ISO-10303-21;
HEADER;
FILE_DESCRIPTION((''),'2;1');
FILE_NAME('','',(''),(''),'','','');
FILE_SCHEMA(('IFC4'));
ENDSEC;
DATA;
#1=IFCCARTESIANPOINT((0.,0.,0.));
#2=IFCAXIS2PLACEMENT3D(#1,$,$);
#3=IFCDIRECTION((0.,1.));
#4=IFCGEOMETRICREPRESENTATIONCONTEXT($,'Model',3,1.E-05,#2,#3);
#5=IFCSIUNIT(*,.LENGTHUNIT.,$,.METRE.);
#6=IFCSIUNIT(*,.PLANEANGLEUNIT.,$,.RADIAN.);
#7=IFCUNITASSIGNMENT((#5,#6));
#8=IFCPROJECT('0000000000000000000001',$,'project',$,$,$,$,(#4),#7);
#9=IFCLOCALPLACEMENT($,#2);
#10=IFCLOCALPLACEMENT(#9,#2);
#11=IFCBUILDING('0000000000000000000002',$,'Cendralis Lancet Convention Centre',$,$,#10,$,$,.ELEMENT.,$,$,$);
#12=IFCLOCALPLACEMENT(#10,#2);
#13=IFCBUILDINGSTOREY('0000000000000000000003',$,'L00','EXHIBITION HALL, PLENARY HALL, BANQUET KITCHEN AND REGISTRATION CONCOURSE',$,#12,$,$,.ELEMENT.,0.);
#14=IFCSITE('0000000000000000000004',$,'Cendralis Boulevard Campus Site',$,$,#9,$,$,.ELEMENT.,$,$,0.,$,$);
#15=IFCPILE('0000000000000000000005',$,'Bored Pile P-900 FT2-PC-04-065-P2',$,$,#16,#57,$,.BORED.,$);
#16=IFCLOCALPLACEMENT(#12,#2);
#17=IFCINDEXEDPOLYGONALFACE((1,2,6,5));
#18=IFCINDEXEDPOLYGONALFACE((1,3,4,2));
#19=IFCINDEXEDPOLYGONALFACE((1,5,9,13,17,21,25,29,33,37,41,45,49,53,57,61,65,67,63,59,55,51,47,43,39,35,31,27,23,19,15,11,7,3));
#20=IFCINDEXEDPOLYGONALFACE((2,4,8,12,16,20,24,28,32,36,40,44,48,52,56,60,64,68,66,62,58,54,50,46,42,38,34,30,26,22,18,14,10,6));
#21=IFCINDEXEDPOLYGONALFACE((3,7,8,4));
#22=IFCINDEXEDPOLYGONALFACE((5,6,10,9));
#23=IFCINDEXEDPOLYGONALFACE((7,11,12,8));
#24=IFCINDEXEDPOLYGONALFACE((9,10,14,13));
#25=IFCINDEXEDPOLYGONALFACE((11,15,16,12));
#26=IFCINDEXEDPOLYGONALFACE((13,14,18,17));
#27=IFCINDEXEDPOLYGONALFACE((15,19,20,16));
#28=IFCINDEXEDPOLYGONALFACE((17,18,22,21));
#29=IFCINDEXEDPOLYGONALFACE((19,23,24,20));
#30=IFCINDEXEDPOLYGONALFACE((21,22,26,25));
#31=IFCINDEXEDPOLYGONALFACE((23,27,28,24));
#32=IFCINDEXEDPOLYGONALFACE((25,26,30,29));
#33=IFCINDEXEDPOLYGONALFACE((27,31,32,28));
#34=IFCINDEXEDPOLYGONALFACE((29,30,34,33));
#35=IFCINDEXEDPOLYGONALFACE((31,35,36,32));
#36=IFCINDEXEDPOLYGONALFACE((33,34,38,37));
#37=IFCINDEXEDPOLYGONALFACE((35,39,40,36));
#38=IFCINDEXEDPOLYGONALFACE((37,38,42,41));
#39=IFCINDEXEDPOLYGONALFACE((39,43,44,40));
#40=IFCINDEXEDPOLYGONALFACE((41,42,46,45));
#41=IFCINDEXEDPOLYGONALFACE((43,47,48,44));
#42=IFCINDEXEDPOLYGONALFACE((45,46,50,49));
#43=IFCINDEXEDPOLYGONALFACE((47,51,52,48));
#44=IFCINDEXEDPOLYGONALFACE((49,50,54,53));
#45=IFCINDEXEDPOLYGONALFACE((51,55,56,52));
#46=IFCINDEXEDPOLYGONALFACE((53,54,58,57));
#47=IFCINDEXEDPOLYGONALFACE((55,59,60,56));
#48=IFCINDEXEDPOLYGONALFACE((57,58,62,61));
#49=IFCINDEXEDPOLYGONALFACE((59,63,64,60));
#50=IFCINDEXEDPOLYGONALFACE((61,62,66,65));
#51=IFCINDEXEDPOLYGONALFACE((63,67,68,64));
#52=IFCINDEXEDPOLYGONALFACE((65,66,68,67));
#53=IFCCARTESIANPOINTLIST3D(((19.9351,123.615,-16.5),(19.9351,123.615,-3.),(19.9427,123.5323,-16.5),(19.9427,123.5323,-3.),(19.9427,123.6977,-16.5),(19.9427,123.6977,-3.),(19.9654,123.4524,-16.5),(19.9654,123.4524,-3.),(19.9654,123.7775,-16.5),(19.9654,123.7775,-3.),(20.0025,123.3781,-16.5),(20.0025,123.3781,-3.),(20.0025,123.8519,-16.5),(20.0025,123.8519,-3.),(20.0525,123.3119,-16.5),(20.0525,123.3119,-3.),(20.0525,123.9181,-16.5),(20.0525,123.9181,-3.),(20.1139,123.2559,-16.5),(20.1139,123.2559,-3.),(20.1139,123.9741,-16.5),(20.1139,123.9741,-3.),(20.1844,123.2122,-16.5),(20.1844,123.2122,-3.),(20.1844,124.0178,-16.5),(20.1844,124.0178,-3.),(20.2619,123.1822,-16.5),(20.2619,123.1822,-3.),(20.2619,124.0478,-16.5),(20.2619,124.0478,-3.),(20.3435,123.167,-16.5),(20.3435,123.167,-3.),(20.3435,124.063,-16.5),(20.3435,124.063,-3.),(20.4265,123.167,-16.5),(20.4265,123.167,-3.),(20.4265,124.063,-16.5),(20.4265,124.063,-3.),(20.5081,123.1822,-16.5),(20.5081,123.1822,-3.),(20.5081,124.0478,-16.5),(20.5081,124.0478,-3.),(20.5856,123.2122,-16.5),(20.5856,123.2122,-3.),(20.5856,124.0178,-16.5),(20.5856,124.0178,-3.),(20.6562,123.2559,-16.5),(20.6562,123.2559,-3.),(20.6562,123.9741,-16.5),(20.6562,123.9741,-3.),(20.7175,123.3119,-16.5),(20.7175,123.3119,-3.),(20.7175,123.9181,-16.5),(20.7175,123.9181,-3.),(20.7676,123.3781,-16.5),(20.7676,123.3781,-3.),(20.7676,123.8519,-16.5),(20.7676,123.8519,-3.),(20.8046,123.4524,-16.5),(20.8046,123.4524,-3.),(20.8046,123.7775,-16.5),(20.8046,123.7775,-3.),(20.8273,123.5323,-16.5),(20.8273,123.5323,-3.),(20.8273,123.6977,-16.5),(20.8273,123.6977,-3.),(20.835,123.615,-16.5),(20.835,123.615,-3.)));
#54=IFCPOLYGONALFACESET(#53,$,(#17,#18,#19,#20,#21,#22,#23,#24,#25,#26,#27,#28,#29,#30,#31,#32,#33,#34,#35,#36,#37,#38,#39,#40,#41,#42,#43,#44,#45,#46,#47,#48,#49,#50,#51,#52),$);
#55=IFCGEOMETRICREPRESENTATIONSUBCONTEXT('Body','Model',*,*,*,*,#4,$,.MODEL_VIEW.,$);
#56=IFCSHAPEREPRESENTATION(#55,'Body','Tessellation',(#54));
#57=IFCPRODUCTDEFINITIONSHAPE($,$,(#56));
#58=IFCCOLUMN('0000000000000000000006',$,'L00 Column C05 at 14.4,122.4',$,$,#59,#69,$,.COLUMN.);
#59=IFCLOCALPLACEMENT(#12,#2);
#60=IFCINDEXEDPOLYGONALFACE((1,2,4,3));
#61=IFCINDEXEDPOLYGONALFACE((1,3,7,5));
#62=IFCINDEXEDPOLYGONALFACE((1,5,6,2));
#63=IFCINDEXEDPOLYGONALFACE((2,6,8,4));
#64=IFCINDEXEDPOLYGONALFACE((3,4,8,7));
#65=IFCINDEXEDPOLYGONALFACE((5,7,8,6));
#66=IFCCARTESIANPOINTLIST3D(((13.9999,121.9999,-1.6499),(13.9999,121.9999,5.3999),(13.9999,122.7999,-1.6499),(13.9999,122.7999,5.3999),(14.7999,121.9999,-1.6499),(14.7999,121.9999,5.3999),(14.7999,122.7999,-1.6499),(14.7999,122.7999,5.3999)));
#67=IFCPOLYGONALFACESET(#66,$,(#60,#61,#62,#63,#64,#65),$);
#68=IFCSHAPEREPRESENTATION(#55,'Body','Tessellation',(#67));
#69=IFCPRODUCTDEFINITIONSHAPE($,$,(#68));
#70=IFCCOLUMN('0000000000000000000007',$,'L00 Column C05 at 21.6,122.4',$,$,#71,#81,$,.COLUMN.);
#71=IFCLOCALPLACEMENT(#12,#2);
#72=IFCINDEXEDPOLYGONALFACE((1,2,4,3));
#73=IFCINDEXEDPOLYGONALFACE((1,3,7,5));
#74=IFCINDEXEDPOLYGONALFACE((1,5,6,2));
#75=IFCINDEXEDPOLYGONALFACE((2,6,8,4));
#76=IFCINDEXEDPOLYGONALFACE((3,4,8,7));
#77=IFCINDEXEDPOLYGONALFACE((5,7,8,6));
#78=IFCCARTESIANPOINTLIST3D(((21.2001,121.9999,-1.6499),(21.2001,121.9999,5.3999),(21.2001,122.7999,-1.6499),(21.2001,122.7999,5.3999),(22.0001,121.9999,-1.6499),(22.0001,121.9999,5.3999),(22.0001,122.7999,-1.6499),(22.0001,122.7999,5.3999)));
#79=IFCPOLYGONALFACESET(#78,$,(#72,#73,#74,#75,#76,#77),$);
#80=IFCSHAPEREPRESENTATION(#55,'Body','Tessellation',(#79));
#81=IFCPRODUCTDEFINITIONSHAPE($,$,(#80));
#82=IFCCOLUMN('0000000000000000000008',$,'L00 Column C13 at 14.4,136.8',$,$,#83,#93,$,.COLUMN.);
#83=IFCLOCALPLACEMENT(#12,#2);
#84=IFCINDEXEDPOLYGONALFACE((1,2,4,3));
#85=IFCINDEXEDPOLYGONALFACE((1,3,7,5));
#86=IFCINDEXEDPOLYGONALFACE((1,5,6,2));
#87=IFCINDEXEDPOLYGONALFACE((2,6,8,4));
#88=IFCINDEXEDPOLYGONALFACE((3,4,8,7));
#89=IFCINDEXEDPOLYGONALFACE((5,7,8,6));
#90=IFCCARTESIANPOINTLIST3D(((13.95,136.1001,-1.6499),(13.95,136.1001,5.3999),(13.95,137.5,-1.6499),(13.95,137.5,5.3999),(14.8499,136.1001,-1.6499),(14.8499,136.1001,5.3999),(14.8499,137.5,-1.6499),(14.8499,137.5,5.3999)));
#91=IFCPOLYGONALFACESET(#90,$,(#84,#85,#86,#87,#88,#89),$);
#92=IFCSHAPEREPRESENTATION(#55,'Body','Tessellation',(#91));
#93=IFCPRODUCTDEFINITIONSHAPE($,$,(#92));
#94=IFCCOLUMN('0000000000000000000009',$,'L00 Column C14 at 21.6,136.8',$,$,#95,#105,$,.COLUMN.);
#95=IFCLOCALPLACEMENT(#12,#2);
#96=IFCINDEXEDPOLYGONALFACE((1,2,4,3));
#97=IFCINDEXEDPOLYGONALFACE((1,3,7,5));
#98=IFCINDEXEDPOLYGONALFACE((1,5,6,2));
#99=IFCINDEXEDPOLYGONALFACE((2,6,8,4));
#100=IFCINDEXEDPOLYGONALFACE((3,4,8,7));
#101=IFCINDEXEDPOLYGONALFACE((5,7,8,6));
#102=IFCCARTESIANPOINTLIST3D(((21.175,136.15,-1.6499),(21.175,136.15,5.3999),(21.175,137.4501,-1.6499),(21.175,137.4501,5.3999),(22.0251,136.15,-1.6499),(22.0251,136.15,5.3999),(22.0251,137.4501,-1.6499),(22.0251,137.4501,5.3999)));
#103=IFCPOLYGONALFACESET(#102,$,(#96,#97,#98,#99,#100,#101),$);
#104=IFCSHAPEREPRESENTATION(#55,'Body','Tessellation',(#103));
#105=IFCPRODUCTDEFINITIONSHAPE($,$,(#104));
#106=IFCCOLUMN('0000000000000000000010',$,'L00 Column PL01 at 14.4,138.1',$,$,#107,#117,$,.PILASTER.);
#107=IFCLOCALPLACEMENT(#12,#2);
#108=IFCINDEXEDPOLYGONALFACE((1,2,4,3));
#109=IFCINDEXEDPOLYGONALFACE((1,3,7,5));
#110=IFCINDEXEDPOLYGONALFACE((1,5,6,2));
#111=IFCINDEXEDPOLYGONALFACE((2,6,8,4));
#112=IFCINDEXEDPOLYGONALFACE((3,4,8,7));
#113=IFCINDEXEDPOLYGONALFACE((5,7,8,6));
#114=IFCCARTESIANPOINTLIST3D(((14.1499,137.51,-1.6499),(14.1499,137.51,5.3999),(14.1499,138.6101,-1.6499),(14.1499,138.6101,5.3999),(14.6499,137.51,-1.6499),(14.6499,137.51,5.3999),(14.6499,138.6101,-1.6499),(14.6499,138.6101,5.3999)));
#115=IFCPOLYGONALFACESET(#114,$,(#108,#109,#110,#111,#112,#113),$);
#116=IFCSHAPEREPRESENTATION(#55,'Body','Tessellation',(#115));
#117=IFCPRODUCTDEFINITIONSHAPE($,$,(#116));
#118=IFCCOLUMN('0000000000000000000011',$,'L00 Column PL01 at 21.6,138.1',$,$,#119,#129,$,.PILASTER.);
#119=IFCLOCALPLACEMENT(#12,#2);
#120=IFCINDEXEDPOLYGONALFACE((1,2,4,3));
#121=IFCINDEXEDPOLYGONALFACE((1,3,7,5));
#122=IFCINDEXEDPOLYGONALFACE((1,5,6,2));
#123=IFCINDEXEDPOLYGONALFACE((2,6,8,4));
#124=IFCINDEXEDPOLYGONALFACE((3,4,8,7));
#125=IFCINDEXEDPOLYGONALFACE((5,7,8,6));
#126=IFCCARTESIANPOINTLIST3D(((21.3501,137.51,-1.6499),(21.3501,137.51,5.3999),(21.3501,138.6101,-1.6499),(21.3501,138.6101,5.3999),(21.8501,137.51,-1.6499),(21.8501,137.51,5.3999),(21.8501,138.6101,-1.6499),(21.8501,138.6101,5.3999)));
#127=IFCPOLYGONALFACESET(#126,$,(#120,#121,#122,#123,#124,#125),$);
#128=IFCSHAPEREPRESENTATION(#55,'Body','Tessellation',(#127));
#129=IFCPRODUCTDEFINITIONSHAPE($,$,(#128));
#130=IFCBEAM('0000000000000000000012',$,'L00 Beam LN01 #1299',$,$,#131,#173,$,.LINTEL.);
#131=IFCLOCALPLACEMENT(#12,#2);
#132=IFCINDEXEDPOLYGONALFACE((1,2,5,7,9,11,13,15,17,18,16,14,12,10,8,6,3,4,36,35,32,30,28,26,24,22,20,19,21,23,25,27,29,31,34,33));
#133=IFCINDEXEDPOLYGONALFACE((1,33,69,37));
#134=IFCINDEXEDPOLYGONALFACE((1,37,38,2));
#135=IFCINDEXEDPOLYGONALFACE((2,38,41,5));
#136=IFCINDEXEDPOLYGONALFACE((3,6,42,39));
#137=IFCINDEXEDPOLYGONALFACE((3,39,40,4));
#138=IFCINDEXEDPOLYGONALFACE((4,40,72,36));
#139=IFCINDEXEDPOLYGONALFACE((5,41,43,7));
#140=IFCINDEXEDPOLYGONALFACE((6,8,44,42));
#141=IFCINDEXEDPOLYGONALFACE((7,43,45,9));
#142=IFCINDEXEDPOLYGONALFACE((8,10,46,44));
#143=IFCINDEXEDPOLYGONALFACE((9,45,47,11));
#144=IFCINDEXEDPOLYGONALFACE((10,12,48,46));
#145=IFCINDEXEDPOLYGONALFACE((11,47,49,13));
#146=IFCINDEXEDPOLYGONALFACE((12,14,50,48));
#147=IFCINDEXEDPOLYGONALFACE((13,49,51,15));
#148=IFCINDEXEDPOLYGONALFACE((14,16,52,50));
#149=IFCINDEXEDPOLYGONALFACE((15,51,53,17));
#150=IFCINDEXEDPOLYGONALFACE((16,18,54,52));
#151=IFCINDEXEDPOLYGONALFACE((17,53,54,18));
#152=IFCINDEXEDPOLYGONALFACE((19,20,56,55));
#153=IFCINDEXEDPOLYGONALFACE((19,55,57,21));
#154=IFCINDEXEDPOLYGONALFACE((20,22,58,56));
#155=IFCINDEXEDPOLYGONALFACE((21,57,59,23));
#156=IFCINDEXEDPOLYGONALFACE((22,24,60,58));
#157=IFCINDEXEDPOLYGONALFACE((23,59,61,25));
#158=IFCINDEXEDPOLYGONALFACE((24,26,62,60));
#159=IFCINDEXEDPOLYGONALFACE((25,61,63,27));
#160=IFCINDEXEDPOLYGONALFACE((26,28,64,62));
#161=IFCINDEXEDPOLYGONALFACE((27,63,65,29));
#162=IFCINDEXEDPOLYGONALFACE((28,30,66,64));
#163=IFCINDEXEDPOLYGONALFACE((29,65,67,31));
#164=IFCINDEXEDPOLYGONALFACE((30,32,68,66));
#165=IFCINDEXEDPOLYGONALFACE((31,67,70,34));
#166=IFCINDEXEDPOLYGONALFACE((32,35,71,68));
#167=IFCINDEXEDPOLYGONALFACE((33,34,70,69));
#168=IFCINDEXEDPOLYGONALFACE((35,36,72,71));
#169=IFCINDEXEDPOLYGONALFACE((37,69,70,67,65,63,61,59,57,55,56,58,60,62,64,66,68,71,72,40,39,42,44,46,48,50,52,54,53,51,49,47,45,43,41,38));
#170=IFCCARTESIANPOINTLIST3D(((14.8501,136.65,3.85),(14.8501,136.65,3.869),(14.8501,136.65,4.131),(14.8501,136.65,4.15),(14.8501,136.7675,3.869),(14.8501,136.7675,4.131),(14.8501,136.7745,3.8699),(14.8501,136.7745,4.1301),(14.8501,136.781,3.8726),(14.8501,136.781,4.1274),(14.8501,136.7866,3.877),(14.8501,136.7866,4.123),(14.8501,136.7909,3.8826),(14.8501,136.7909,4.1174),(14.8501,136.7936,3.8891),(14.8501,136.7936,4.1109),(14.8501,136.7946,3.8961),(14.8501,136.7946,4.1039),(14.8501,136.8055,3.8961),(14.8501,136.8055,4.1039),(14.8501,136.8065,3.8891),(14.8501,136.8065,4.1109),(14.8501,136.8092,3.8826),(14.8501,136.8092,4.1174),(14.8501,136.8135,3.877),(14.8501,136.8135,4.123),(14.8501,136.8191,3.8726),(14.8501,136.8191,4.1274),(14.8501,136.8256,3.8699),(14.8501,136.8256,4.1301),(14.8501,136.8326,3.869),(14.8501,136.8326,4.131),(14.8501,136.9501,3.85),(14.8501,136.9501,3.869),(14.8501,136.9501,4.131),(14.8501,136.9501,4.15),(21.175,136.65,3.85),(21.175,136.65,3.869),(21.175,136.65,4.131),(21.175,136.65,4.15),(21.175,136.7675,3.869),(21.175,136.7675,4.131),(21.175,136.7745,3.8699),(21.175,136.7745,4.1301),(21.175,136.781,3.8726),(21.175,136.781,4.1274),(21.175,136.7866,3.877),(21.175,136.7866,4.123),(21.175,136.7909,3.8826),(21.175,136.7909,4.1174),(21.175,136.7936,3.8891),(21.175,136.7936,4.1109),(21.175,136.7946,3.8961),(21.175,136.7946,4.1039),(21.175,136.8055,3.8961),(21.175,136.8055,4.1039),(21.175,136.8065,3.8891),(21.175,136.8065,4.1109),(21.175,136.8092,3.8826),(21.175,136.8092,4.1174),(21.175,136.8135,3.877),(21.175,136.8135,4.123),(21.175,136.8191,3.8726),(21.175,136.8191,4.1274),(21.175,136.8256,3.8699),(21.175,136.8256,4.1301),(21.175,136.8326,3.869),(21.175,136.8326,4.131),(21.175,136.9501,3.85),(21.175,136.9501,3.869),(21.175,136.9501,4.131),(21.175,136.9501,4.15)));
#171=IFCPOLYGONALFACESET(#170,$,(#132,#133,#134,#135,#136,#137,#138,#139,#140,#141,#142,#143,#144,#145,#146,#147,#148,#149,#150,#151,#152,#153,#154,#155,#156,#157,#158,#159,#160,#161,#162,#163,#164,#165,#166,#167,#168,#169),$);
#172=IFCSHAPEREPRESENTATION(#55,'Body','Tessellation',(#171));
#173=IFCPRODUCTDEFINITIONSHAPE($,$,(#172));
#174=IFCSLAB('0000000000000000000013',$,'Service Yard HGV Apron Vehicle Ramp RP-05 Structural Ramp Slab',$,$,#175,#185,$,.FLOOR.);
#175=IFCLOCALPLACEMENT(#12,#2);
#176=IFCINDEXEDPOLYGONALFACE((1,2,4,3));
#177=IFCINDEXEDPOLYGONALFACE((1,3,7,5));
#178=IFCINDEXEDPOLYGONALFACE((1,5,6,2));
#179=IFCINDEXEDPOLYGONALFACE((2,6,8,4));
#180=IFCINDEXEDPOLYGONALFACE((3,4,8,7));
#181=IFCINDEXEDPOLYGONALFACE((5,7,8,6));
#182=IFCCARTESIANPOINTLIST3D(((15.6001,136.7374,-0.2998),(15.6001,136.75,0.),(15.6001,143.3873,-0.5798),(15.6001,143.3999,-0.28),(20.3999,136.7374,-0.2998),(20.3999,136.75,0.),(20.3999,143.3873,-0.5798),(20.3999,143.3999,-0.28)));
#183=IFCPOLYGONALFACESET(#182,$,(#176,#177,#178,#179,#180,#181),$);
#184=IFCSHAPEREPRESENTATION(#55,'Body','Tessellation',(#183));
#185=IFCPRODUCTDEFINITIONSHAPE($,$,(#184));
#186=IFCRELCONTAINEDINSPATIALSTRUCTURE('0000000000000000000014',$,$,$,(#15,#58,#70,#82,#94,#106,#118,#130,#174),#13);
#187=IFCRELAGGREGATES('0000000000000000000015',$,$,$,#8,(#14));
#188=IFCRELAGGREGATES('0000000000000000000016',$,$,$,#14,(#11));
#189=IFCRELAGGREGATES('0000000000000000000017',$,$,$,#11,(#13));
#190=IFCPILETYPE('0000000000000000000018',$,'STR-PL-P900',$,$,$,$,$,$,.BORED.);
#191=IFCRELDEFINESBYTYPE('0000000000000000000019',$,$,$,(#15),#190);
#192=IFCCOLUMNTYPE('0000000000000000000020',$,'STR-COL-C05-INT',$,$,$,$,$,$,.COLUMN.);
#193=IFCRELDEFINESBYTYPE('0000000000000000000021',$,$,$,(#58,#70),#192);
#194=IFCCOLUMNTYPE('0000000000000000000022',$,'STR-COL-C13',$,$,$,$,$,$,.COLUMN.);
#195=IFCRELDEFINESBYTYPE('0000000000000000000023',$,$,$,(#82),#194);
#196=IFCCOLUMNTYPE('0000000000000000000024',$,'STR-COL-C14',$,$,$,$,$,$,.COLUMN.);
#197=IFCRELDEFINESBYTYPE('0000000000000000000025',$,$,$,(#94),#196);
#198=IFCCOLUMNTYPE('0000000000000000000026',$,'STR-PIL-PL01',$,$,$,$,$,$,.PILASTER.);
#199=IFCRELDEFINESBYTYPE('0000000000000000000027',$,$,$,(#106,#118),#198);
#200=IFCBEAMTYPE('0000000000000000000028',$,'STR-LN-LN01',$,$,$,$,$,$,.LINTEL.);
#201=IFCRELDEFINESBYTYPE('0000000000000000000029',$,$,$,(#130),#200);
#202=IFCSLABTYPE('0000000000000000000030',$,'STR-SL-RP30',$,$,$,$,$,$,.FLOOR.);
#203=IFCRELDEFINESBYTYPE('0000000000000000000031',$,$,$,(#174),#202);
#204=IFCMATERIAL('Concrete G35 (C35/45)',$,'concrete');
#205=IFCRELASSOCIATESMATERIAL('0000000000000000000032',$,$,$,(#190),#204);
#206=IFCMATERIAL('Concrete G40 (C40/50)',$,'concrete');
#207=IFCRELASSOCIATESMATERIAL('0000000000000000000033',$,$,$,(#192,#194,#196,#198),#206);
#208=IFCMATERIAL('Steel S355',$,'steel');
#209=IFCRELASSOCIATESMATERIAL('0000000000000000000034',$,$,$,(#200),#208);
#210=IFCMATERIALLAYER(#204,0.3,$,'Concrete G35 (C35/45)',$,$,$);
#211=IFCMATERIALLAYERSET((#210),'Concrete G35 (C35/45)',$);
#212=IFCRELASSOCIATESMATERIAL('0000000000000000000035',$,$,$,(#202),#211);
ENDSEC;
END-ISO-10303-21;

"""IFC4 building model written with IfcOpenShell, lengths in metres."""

from ifc_helpers import new_model, si_unit, direction, frame, origin, origin_2d, place, context, subcontext, project, spatial, polyline, rectangle, circle, i_section, outline, extrude, material, layer, layer_set, material_profile, profile_set, type_object, element, save


model = new_model("IFC4")

# Units and contexts
model_context = context("Model", 3, precision=1e-05, world=origin(), true_north=direction((0.0, 1.0)))
body_context = subcontext(model_context, "Body", "Model", "MODEL_VIEW")
ifc_project = project(units=[si_unit("LENGTHUNIT", "METRE"), si_unit("PLANEANGLEUNIT", "RADIAN")], contexts=[model_context])

# Site, building, storey
site_placement = place(None, origin())
site = spatial("IfcSite", under=ifc_project, at=site_placement, Name="Cendralis Boulevard Campus Site", CompositionType="ELEMENT", RefElevation=0.0)
building_placement = place(site_placement, origin())
building = spatial("IfcBuilding", under=site, at=building_placement, Name="Cendralis Lancet Convention Centre", CompositionType="ELEMENT")
storey_placement = place(building_placement, origin())
storey = spatial("IfcBuildingStorey", under=building, at=storey_placement, Name="L00", Description="EXHIBITION HALL, PLENARY HALL, BANQUET KITCHEN AND REGISTRATION CONCOURSE", CompositionType="ELEMENT", Elevation=0.0)

# Shared definitions
ifc_material_1 = material(Name="Concrete G35 (C35/45)", Category="concrete")

# Pile
ifc_material_profile_1 = material_profile(ifc_material_1, circle(Radius=0.45, at=origin_2d()), Name="BORED PILE D900")
ifc_profile_set_1 = profile_set([ifc_material_profile_1], Name="Concrete G35 (C35/45)")
pile_type_1 = type_object("IfcPileType", Name="STR-PL-P900", PredefinedType="BORED", material=ifc_profile_set_1)
for number, where, z_axis, x_axis, name in (
    (1, (20.385, 123.615, -3.0), (0.0, 0.0, -1.0), (1.0, 0.0, 0.0), "Bored Pile P-900 FT2-PC-04-065-P2"),
):
    element("IfcPile", number, at=place(storey_placement, frame(where, z_axis=z_axis, x_axis=x_axis)), inside=storey, type_object=pile_type_1, Name=name, PredefinedType="BORED", context=body_context, shape_type="SweptSolid", body=[
        extrude(circle(Radius=0.45, at=origin_2d()), origin(), (0.0, 0.0, 1.0), 13.5),
    ])

# Columns
ifc_material_2 = material(Name="Concrete G40 (C40/50)", Category="concrete")
ifc_material_profile_2 = material_profile(ifc_material_2, rectangle(XDim=0.8, YDim=0.8, at=origin_2d()), Name="RC 800x800")
ifc_profile_set_2 = profile_set([ifc_material_profile_2], Name="Concrete G40 (C40/50)")
column_type_1 = type_object("IfcColumnType", Name="STR-COL-C05-INT", PredefinedType="COLUMN", material=ifc_profile_set_2)
for number, where, z_axis, x_axis, name in (
    (2, (14.3999, 122.3999, -1.6499), (0.0, 0.0, 1.0), (1.0, 0.0, 0.0), "L00 Column C05 at 14.4,122.4"),
    (3, (21.6001, 122.3999, -1.6499), (0.0, 0.0, 1.0), (1.0, 0.0, 0.0), "L00 Column C05 at 21.6,122.4"),
):
    element("IfcColumn", number, at=place(storey_placement, frame(where, z_axis=z_axis, x_axis=x_axis)), inside=storey, type_object=column_type_1, Name=name, PredefinedType="COLUMN", context=body_context, shape_type="SweptSolid", body=[
        extrude(rectangle(XDim=0.8, YDim=0.8, at=origin_2d()), origin(), (0.0, 0.0, 1.0), 7.0498),
    ])
ifc_material_profile_3 = material_profile(ifc_material_2, rectangle(XDim=0.8999, YDim=1.3999, at=origin_2d()), Name="RC 900x1400")
ifc_profile_set_3 = profile_set([ifc_material_profile_3], Name="Concrete G40 (C40/50)")
column_type_2 = type_object("IfcColumnType", Name="STR-COL-C13", PredefinedType="COLUMN", material=ifc_profile_set_3)
column_1_placement = place(storey_placement, frame((14.3999, 136.8, -1.6499), z_axis=(0.0, 0.0, 1.0), x_axis=(1.0, 0.0, 0.0)))
element("IfcColumn", 4, at=column_1_placement, inside=storey, type_object=column_type_2, Name="L00 Column C13 at 14.4,136.8", PredefinedType="COLUMN", context=body_context, shape_type="SweptSolid", body=[
    extrude(rectangle(XDim=0.8999, YDim=1.3999, at=origin_2d()), origin(), (0.0, 0.0, 1.0), 7.0498),
])
ifc_material_profile_4 = material_profile(ifc_material_2, rectangle(XDim=0.8501, YDim=1.3, at=origin_2d()), Name="RC 850x1300")
ifc_profile_set_4 = profile_set([ifc_material_profile_4], Name="Concrete G40 (C40/50)")
column_type_3 = type_object("IfcColumnType", Name="STR-COL-C14", PredefinedType="COLUMN", material=ifc_profile_set_4)
column_2_placement = place(storey_placement, frame((21.6001, 136.8, -1.6499), z_axis=(0.0, 0.0, 1.0), x_axis=(1.0, 0.0, 0.0)))
element("IfcColumn", 5, at=column_2_placement, inside=storey, type_object=column_type_3, Name="L00 Column C14 at 21.6,136.8", PredefinedType="COLUMN", context=body_context, shape_type="SweptSolid", body=[
    extrude(rectangle(XDim=0.8501, YDim=1.3, at=origin_2d()), origin(), (0.0, 0.0, 1.0), 7.0498),
])
ifc_material_profile_5 = material_profile(ifc_material_2, rectangle(XDim=0.5, YDim=1.1001, at=origin_2d()), Name="RC 500x1100")
ifc_profile_set_5 = profile_set([ifc_material_profile_5], Name="Concrete G40 (C40/50)")
column_type_4 = type_object("IfcColumnType", Name="STR-PIL-PL01", PredefinedType="PILASTER", material=ifc_profile_set_5)
for number, where, z_axis, x_axis, name in (
    (6, (14.3999, 138.0601, -1.6499), (0.0, 0.0, 1.0), (1.0, 0.0, 0.0), "L00 Column PL01 at 14.4,138.1"),
    (7, (21.6001, 138.0601, -1.6499), (0.0, 0.0, 1.0), (1.0, 0.0, 0.0), "L00 Column PL01 at 21.6,138.1"),
):
    element("IfcColumn", number, at=place(storey_placement, frame(where, z_axis=z_axis, x_axis=x_axis)), inside=storey, type_object=column_type_4, Name=name, PredefinedType="PILASTER", context=body_context, shape_type="SweptSolid", body=[
        extrude(rectangle(XDim=0.5, YDim=1.1001, at=origin_2d()), origin(), (0.0, 0.0, 1.0), 7.0498),
    ])

# Beam
ifc_material_3 = material(Name="Steel S355", Category="steel")
ifc_material_profile_6 = material_profile(ifc_material_3, i_section(OverallWidth=0.3, OverallDepth=0.3, WebThickness=0.011, FlangeThickness=0.019, FilletRadius=0.0271, at=origin_2d()), Name="HEB 300")
ifc_profile_set_6 = profile_set([ifc_material_profile_6], Name="Steel S355")
beam_type = type_object("IfcBeamType", Name="STR-LN-LN01", PredefinedType="LINTEL", material=ifc_profile_set_6)
beam_placement = place(storey_placement, frame((14.8501, 136.8, 4.0), z_axis=(1.0, 0.0, 0.0), x_axis=(0.0, 1.0, 0.0)))
element("IfcBeam", 8, at=beam_placement, inside=storey, type_object=beam_type, Name="L00 Beam LN01 #1299", PredefinedType="LINTEL", context=body_context, shape_type="SweptSolid", body=[
    extrude(i_section(OverallWidth=0.3, OverallDepth=0.3, WebThickness=0.011, FlangeThickness=0.019, FilletRadius=0.0271, at=origin_2d()), origin(), (0.0, 0.0, 1.0), 6.325),
])

# Slab
ifc_layer_1 = layer(ifc_material_1, 0.3, Name="Concrete G35 (C35/45)")
ifc_layer_set_1 = layer_set([ifc_layer_1], Name="Concrete G35 (C35/45)")
slab_type = type_object("IfcSlabType", Name="STR-SL-RP30", PredefinedType="FLOOR", material=ifc_layer_set_1)
slab_placement = place(storey_placement, frame((15.6001, 143.3999, -0.28), z_axis=(0.0, 0.042073, 0.999115), x_axis=(1.0, 0.0, 0.0)))
element("IfcSlab", 9, at=slab_placement, inside=storey, type_object=slab_type, Name="Service Yard HGV Apron Vehicle Ramp RP-05 Structural Ramp Slab", PredefinedType="FLOOR", context=body_context, shape_type="SweptSolid", body=[
    extrude(outline(polyline([(0.0, 0.0), (4.7998, 0.0), (4.7998, -6.6558), (0.0, -6.6558), (0.0, 0.0)])), origin(), (0.0, 0.0, -1.0), 0.3),
])

save(model, "model.ifc")
